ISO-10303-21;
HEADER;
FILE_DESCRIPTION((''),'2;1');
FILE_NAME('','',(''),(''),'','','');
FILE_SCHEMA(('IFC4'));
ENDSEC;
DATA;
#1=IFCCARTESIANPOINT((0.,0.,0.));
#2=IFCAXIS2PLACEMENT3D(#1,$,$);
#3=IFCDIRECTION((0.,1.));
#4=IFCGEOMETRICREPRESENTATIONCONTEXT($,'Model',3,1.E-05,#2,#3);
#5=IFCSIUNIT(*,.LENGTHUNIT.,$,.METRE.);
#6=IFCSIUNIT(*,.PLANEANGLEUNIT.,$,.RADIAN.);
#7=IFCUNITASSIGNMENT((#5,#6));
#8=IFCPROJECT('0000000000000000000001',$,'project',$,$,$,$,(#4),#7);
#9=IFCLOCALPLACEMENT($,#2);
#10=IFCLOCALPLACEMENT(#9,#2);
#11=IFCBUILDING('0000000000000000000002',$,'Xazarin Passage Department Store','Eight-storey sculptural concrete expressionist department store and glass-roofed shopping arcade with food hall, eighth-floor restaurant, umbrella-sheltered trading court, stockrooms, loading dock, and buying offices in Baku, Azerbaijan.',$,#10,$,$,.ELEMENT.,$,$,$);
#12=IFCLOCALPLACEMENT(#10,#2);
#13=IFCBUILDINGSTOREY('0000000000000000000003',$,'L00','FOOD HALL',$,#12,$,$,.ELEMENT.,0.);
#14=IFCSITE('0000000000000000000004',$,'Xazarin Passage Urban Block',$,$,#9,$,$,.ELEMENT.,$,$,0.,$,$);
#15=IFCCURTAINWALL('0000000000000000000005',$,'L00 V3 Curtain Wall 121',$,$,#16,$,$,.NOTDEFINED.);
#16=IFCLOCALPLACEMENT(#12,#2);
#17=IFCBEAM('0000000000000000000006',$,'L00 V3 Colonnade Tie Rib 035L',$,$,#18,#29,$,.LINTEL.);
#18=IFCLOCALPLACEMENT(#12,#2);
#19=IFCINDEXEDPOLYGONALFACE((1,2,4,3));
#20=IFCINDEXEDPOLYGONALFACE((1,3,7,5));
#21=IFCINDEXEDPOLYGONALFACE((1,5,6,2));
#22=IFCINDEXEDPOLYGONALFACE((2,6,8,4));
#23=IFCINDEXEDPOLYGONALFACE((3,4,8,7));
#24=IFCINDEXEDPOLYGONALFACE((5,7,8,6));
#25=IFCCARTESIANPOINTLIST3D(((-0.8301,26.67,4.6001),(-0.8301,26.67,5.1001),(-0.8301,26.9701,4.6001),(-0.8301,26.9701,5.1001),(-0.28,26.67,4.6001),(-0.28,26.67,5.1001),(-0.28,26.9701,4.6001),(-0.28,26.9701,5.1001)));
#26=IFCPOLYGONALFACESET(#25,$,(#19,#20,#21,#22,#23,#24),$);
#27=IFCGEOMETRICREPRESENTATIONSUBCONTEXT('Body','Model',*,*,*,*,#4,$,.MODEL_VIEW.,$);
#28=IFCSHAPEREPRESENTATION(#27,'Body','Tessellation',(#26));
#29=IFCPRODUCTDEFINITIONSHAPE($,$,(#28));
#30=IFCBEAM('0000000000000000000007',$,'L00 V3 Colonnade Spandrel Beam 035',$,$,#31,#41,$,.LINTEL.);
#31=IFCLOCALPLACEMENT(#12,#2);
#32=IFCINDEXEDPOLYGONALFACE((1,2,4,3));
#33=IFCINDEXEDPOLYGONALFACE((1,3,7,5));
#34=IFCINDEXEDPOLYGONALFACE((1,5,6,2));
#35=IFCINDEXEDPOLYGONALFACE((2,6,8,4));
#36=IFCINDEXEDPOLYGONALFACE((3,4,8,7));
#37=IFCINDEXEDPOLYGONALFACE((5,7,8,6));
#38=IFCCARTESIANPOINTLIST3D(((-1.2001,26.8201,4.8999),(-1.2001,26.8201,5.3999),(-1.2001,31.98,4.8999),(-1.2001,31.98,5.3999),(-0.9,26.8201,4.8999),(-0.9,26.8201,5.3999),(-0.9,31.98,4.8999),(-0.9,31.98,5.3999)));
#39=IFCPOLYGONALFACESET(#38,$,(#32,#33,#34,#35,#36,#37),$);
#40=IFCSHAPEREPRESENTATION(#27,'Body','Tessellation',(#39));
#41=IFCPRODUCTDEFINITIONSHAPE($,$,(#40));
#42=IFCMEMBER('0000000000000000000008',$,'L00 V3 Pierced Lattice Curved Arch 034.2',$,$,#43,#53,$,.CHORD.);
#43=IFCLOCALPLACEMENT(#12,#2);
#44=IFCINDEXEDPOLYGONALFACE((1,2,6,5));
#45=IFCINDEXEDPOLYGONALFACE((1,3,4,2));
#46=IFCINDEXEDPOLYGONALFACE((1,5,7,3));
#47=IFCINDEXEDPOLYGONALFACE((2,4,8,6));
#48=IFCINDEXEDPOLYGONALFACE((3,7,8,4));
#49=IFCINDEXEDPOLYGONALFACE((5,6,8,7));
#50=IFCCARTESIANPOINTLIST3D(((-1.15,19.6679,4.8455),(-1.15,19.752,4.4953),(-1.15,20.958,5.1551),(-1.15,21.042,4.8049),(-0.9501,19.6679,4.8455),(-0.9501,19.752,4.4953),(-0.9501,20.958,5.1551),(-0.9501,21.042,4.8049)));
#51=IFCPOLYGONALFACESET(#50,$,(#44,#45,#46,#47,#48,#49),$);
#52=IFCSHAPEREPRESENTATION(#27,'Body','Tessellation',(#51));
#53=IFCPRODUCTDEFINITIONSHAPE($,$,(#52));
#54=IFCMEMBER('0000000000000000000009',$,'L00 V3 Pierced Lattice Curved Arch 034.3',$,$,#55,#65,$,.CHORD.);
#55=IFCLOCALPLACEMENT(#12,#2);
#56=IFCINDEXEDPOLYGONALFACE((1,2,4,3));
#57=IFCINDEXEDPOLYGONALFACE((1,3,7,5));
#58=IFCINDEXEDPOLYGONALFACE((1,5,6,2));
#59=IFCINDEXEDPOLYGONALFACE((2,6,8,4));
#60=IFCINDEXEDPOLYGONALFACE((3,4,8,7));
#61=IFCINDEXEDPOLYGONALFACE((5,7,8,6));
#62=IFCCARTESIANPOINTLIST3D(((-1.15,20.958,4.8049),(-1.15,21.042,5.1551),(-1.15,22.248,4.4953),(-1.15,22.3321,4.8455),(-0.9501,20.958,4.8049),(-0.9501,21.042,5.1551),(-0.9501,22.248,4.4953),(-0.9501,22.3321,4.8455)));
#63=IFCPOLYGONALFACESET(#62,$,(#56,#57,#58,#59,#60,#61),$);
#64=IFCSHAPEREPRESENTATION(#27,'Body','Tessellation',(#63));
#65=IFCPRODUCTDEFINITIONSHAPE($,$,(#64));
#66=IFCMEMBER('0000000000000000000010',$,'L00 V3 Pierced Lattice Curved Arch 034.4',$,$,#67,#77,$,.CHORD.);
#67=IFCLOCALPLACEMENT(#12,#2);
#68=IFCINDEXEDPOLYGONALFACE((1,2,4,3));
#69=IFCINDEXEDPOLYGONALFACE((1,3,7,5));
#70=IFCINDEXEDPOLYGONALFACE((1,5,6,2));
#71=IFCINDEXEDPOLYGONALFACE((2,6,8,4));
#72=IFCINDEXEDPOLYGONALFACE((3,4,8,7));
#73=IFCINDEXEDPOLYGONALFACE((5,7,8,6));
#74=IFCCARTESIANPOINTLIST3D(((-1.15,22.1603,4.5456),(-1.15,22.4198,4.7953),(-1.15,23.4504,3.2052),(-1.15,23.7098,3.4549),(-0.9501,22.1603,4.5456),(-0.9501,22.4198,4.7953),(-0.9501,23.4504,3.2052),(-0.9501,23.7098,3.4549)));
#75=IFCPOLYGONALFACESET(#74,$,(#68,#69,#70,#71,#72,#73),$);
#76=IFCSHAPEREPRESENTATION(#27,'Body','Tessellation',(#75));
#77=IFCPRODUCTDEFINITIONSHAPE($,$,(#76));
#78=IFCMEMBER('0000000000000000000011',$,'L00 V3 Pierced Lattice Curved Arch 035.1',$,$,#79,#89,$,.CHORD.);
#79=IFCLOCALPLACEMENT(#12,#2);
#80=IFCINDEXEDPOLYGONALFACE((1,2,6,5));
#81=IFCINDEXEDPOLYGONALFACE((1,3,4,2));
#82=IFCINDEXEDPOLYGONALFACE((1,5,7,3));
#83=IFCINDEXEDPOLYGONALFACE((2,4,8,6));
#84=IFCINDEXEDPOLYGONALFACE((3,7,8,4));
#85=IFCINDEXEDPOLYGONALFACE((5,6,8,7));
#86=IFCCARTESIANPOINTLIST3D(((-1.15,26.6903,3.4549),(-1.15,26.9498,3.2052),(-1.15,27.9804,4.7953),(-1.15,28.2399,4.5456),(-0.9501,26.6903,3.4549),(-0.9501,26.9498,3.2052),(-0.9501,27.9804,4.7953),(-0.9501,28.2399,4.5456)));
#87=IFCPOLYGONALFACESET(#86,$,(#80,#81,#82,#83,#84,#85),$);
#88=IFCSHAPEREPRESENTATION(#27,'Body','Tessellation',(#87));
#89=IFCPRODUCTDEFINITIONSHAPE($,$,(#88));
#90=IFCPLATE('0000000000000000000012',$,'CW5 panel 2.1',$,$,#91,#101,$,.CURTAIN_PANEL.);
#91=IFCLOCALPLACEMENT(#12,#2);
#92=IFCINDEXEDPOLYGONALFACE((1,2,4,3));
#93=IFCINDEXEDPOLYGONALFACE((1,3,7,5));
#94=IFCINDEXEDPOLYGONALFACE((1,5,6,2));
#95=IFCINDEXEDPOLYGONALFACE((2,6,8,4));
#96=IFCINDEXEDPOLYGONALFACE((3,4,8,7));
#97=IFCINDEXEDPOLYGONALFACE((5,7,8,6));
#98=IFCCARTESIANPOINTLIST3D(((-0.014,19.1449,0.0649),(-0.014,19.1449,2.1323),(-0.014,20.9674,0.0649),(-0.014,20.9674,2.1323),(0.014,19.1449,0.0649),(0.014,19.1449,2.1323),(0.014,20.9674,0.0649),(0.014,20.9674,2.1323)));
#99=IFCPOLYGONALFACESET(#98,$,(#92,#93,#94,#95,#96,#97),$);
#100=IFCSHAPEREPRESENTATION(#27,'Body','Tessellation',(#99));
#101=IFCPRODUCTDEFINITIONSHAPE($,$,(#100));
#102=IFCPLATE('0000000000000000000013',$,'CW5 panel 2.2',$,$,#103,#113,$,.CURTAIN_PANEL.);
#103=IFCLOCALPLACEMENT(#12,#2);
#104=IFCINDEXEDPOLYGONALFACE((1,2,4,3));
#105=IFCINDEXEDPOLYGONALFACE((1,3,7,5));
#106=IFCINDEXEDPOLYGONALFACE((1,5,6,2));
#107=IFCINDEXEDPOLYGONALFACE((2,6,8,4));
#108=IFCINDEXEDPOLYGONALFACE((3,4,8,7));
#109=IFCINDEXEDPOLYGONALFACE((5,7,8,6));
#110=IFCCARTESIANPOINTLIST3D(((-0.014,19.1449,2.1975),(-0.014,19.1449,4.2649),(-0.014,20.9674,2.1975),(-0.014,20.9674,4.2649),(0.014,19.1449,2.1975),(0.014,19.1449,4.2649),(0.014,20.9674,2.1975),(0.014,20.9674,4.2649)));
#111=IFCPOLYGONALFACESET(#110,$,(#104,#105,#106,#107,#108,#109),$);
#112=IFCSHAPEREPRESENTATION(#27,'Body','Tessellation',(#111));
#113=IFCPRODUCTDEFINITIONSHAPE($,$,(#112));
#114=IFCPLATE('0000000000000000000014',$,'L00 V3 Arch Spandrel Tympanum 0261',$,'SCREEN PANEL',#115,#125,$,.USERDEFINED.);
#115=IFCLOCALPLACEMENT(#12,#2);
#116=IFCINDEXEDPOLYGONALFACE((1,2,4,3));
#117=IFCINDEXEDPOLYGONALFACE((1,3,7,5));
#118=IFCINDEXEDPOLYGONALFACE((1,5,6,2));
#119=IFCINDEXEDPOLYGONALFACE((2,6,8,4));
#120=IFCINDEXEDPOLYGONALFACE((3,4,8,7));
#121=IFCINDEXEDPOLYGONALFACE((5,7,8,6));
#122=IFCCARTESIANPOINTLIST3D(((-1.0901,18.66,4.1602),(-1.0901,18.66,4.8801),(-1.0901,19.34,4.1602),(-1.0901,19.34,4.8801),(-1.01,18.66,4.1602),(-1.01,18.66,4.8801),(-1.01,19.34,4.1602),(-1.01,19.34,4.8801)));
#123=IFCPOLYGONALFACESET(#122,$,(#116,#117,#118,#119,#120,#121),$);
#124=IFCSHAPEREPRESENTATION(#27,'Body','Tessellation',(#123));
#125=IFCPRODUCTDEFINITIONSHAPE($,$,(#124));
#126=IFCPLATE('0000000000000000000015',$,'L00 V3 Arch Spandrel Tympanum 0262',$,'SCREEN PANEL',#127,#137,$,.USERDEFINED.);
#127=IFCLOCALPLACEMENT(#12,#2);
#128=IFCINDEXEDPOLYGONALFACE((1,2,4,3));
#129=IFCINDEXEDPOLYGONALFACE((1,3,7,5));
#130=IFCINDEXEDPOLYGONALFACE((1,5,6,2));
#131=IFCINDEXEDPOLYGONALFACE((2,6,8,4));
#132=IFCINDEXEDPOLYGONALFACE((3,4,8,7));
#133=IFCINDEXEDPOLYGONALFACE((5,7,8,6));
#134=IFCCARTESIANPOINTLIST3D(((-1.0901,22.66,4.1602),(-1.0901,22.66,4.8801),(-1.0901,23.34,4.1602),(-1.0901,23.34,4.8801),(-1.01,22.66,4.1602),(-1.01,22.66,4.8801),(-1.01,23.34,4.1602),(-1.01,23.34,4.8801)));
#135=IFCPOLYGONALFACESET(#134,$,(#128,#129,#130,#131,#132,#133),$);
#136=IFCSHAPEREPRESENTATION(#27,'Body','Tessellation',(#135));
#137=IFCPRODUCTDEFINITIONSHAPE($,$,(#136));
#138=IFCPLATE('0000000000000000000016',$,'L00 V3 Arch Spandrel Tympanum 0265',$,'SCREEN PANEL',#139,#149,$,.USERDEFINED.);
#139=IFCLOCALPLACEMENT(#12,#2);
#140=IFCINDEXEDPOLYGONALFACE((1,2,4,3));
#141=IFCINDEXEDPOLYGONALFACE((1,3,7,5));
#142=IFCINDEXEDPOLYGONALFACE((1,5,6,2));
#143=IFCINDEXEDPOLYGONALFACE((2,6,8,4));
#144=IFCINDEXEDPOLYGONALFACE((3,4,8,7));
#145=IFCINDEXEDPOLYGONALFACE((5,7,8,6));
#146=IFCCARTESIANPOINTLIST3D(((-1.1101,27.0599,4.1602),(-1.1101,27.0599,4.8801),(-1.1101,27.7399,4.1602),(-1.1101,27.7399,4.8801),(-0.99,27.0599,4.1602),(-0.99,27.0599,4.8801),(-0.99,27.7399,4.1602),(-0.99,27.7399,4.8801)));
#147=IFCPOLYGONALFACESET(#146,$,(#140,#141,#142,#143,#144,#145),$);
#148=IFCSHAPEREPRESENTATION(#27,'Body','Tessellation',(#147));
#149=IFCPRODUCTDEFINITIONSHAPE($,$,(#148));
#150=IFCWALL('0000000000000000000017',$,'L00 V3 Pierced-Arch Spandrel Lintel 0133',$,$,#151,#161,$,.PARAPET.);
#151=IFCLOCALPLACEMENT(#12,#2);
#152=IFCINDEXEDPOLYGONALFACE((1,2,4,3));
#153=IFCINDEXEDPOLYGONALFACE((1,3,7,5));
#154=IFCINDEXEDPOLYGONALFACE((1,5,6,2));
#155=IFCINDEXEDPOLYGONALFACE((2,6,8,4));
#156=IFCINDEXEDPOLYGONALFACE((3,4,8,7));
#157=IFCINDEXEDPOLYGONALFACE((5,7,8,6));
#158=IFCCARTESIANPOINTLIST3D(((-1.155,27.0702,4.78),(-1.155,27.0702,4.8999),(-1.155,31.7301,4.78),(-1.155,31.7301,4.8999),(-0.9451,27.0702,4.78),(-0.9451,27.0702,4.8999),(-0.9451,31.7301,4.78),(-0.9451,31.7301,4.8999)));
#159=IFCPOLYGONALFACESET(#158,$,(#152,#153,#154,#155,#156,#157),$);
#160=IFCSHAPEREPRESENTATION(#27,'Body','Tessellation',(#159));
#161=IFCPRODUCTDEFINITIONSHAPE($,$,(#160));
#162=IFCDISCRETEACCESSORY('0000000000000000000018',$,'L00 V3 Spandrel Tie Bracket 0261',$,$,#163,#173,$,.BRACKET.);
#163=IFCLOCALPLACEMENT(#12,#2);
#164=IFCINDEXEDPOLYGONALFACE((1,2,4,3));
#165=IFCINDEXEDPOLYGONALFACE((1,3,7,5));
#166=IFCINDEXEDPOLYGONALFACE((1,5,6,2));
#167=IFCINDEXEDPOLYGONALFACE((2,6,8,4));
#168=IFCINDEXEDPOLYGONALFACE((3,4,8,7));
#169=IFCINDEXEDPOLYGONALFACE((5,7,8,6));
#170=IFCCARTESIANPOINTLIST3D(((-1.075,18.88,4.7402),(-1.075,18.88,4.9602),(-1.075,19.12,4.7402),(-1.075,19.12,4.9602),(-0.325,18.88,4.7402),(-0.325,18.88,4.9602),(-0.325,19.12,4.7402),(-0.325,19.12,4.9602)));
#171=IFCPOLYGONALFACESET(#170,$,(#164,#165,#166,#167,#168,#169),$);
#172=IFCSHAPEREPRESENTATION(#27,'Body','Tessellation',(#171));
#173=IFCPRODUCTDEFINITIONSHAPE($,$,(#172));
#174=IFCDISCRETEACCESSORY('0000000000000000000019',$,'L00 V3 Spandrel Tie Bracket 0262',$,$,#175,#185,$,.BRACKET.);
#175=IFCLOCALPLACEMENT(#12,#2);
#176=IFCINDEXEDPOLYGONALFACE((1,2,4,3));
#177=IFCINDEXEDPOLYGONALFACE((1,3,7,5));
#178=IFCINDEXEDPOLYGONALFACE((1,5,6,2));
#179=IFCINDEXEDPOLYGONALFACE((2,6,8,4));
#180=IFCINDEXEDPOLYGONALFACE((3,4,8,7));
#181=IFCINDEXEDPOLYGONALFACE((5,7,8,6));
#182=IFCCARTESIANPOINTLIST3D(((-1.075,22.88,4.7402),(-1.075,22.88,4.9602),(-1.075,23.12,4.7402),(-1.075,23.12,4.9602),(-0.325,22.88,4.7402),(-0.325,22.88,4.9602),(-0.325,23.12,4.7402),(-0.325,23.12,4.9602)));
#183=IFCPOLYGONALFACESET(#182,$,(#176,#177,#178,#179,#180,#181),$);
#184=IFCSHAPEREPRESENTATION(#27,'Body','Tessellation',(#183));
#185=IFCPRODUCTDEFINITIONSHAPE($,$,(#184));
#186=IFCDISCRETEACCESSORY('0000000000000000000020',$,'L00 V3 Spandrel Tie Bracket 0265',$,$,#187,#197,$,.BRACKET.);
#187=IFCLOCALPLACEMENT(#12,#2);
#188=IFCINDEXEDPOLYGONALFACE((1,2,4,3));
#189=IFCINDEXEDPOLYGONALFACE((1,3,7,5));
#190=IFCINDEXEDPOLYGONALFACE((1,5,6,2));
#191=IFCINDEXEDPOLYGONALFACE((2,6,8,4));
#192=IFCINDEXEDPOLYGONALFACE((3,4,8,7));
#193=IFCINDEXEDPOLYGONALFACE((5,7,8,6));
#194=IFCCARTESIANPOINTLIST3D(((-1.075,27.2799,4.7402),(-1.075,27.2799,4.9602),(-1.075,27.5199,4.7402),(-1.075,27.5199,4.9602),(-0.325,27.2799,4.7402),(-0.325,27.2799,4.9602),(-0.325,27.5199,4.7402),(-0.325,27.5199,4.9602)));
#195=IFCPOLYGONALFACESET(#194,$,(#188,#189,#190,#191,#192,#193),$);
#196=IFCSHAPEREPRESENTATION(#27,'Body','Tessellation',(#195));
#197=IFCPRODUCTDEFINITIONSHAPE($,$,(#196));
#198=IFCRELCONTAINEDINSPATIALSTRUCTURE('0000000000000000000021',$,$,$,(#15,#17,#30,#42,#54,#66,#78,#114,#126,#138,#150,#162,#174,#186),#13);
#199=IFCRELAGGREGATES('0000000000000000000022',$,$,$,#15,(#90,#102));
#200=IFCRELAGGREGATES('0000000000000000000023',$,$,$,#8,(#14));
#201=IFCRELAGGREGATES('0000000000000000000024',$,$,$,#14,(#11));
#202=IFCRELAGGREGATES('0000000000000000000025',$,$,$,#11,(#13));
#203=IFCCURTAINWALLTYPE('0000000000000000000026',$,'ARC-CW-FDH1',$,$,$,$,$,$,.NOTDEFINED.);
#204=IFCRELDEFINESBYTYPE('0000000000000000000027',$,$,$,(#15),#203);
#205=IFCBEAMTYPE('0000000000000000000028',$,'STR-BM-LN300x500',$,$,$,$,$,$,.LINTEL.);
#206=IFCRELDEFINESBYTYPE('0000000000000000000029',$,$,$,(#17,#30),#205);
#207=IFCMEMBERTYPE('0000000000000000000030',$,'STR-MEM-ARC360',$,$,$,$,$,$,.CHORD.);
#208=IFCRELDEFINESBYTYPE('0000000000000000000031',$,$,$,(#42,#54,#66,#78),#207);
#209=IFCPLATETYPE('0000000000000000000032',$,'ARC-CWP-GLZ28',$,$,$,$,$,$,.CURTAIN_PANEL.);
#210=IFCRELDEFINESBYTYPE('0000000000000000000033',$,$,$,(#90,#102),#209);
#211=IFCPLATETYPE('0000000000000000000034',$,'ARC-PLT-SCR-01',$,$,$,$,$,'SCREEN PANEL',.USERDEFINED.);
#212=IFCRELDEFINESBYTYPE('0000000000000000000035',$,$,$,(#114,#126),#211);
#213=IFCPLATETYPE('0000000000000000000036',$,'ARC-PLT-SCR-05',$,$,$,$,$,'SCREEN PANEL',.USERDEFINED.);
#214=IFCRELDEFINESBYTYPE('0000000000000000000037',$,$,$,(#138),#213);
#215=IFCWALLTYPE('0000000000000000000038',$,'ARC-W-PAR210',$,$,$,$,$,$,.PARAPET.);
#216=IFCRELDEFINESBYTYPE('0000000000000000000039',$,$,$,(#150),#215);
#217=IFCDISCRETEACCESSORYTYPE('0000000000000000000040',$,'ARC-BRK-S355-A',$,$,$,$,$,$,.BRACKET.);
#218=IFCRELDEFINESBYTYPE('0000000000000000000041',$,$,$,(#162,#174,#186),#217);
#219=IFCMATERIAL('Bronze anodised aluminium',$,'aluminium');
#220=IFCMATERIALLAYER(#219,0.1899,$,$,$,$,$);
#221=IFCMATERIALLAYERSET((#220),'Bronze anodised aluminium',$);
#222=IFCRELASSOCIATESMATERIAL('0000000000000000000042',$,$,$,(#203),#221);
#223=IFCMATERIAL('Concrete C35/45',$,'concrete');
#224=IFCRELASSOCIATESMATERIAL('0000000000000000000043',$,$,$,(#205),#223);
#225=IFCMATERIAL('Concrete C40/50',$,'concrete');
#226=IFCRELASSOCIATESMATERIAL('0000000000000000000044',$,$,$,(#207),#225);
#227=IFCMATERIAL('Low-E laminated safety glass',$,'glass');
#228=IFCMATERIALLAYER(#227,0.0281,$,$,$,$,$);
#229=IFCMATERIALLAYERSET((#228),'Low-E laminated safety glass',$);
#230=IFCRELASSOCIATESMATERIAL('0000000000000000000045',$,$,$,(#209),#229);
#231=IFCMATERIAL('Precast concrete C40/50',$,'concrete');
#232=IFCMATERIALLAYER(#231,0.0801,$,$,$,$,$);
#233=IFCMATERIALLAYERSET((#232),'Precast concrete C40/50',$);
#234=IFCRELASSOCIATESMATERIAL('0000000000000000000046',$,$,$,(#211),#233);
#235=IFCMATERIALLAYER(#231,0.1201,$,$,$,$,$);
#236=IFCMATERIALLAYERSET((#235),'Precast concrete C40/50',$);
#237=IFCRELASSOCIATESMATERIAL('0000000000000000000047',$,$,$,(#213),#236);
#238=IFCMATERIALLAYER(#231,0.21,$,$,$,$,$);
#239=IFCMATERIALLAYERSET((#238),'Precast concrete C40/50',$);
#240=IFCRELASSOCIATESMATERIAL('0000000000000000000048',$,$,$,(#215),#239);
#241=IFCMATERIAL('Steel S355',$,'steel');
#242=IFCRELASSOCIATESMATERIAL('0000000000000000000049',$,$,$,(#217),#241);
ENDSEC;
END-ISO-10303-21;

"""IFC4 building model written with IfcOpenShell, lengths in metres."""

from ifc_helpers import new_model, si_unit, direction, frame, frame_2d, origin, origin_2d, place, context, subcontext, project, spatial, rectangle, extrude, material, layer, layer_set, material_profile, profile_set, type_object, element, aggregate, save


model = new_model("IFC4")

# Units and contexts
model_context = context("Model", 3, precision=1e-05, world=origin(), true_north=direction((0.0, 1.0)))
body_context = subcontext(model_context, "Body", "Model", "MODEL_VIEW")
ifc_project = project(units=[si_unit("LENGTHUNIT", "METRE"), si_unit("PLANEANGLEUNIT", "RADIAN")], contexts=[model_context])

# Site, building, storey
site_placement = place(None, origin())
site = spatial("IfcSite", under=ifc_project, at=site_placement, Name="Xazarin Passage Urban Block", CompositionType="ELEMENT", RefElevation=0.0)
building_placement = place(site_placement, origin())
building = spatial("IfcBuilding", under=site, at=building_placement, Name="Xazarin Passage Department Store", Description="Eight-storey sculptural concrete expressionist department store and glass-roofed shopping arcade with food hall, eighth-floor restaurant, umbrella-sheltered trading court, stockrooms, loading dock, and buying offices in Baku, Azerbaijan.", CompositionType="ELEMENT")
storey_placement = place(building_placement, origin())
storey = spatial("IfcBuildingStorey", under=building, at=storey_placement, Name="L00", Description="FOOD HALL", CompositionType="ELEMENT", Elevation=0.0)

# Shared definitions
ifc_material_1 = material(Name="Concrete C35/45", Category="concrete")

# Shared definitions
ifc_material_2 = material(Name="Concrete C40/50", Category="concrete")

# Curtain wall
ifc_material_3 = material(Name="Bronze anodised aluminium", Category="aluminium")
ifc_layer_1 = layer(ifc_material_3, 0.1899)
ifc_layer_set_1 = layer_set([ifc_layer_1], Name="Bronze anodised aluminium")
curtain_wall_type = type_object("IfcCurtainWallType", Name="ARC-CW-FDH1", PredefinedType="NOTDEFINED", material=ifc_layer_set_1)
curtain_wall_placement = place(storey_placement, origin())
curtain_wall = element("IfcCurtainWall", 1, at=curtain_wall_placement, inside=storey, type_object=curtain_wall_type, Name="L00 V3 Curtain Wall 121", PredefinedType="NOTDEFINED")

# Beams
ifc_material_profile_1 = material_profile(ifc_material_1, rectangle(XDim=0.3, YDim=0.5, at=origin_2d()), Name="RC 300x500")
ifc_profile_set_1 = profile_set([ifc_material_profile_1], Name="Concrete C35/45")
beam_type = type_object("IfcBeamType", Name="STR-BM-LN300x500", PredefinedType="LINTEL", material=ifc_profile_set_1)
for number, where, z_axis, x_axis, name in (
    (2, (-0.28, 26.8201, 4.8501), (-1.0, 0.0, 0.0), (0.0, -1.0, 0.0), "L00 V3 Colonnade Tie Rib 035L"),
):
    element("IfcBeam", number, at=place(storey_placement, frame(where, z_axis=z_axis, x_axis=x_axis)), inside=storey, type_object=beam_type, Name=name, PredefinedType="LINTEL", context=body_context, shape_type="SweptSolid", body=[
        extrude(rectangle(XDim=0.3, YDim=0.5, at=origin_2d()), origin(), (0.0, 0.0, 1.0), 0.55),
    ])
beam_placement = place(storey_placement, frame((-1.05, 26.8201, 5.1499), z_axis=(0.0, 1.0, 0.0), x_axis=(-1.0, 0.0, 0.0)))
element("IfcBeam", 3, at=beam_placement, inside=storey, type_object=beam_type, Name="L00 V3 Colonnade Spandrel Beam 035", PredefinedType="LINTEL", context=body_context, shape_type="SweptSolid", body=[
    extrude(rectangle(XDim=0.3, YDim=0.5, at=origin_2d()), origin(), (0.0, 0.0, 1.0), 5.1599),
])

# Members
ifc_material_profile_2 = material_profile(ifc_material_2, rectangle(XDim=0.2, YDim=0.3601, at=origin_2d()), Name="RC 200x360")
ifc_profile_set_2 = profile_set([ifc_material_profile_2], Name="Concrete C40/50")
member_type_1 = type_object("IfcMemberType", Name="STR-MEM-ARC360", PredefinedType="CHORD", material=ifc_profile_set_2)
for number, where, z_axis, x_axis, name in (
    (4, (-1.05, 19.71, 4.6704), (0.0, 0.972394, 0.233345), (-1.0, 0.0, 0.0), "L00 V3 Pierced Lattice Curved Arch 034.2"),
    (5, (-1.05, 21.0, 4.98), (0.0, 0.972394, -0.233345), (-1.0, 0.0, 0.0), "L00 V3 Pierced Lattice Curved Arch 034.3"),
):
    element("IfcMember", number, at=place(storey_placement, frame(where, z_axis=z_axis, x_axis=x_axis)), inside=storey, type_object=member_type_1, Name=name, PredefinedType="CHORD", context=body_context, shape_type="SweptSolid", body=[
        extrude(rectangle(XDim=0.2, YDim=0.3601, at=origin_2d()), origin(), (0.0, 0.0, 1.0), 1.3267),
    ])
for number, where, z_axis, x_axis, name in (
    (6, (-1.05, 22.29, 4.6704), (0.0, 0.69346, -0.720495), (-1.0, 0.0, 0.0), "L00 V3 Pierced Lattice Curved Arch 034.4"),
    (7, (-1.05, 26.8201, 3.3301), (0.0, 0.69346, 0.720495), (-1.0, 0.0, 0.0), "L00 V3 Pierced Lattice Curved Arch 035.1"),
):
    element("IfcMember", number, at=place(storey_placement, frame(where, z_axis=z_axis, x_axis=x_axis)), inside=storey, type_object=member_type_1, Name=name, PredefinedType="CHORD", context=body_context, shape_type="SweptSolid", body=[
        extrude(rectangle(XDim=0.2, YDim=0.3601, at=origin_2d()), origin(), (0.0, 0.0, 1.0), 1.8604),
    ])

# Plates
ifc_material_4 = material(Name="Low-E laminated safety glass", Category="glass")
ifc_layer_2 = layer(ifc_material_4, 0.0281)
ifc_layer_set_2 = layer_set([ifc_layer_2], Name="Low-E laminated safety glass")
plate_type_1 = type_object("IfcPlateType", Name="ARC-CWP-GLZ28", PredefinedType="CURTAIN_PANEL", material=ifc_layer_set_2)
plate_1_placement = place(storey_placement, frame((0.0, 20.0562, 0.0649), z_axis=(0.0, 0.0, 1.0), x_axis=(0.0, 1.0, 0.0)))
plate_1 = element("IfcPlate", 8, at=plate_1_placement, type_object=plate_type_1, Name="CW5 panel 2.1", PredefinedType="CURTAIN_PANEL", context=body_context, shape_type="SweptSolid", body=[
    extrude(rectangle(XDim=1.8225, YDim=0.0281, at=origin_2d()), origin(), (0.0, 0.0, 1.0), 2.0674),
])
plate_2_placement = place(storey_placement, frame((0.0, 20.0562, 2.1975), z_axis=(0.0, 0.0, 1.0), x_axis=(0.0, 1.0, 0.0)))
plate_2 = element("IfcPlate", 9, at=plate_2_placement, type_object=plate_type_1, Name="CW5 panel 2.2", PredefinedType="CURTAIN_PANEL", context=body_context, shape_type="SweptSolid", body=[
    extrude(rectangle(XDim=1.8225, YDim=0.0281, at=origin_2d()), origin(), (0.0, 0.0, 1.0), 2.0674),
])
aggregate(curtain_wall, [plate_1, plate_2])

# Plates
ifc_material_5 = material(Name="Precast concrete C40/50", Category="concrete")
ifc_layer_3 = layer(ifc_material_5, 0.0801)
ifc_layer_set_3 = layer_set([ifc_layer_3], Name="Precast concrete C40/50")
plate_type_2 = type_object("IfcPlateType", Name="ARC-PLT-SCR-01", ElementType="SCREEN PANEL", PredefinedType="USERDEFINED", material=ifc_layer_set_3)
for number, where, z_axis, x_axis, name in (
    (10, (-1.05, 19.0, 4.1602), (0.0, 0.0, 1.0), (0.0, 1.0, 0.0), "L00 V3 Arch Spandrel Tympanum 0261"),
    (11, (-1.05, 23.0, 4.1602), (0.0, 0.0, 1.0), (0.0, 1.0, 0.0), "L00 V3 Arch Spandrel Tympanum 0262"),
):
    element("IfcPlate", number, at=place(storey_placement, frame(where, z_axis=z_axis, x_axis=x_axis)), inside=storey, type_object=plate_type_2, Name=name, ObjectType="SCREEN PANEL", PredefinedType="USERDEFINED", context=body_context, shape_type="SweptSolid", body=[
        extrude(rectangle(XDim=0.6799, YDim=0.0801, at=origin_2d()), origin(), (0.0, 0.0, 1.0), 0.72),
    ])
ifc_layer_4 = layer(ifc_material_5, 0.1201)
ifc_layer_set_4 = layer_set([ifc_layer_4], Name="Precast concrete C40/50")
plate_type_3 = type_object("IfcPlateType", Name="ARC-PLT-SCR-05", ElementType="SCREEN PANEL", PredefinedType="USERDEFINED", material=ifc_layer_set_4)
plate_3_placement = place(storey_placement, frame((-1.05, 27.3999, 4.1602), z_axis=(0.0, 0.0, 1.0), x_axis=(0.0, 1.0, 0.0)))
element("IfcPlate", 12, at=plate_3_placement, inside=storey, type_object=plate_type_3, Name="L00 V3 Arch Spandrel Tympanum 0265", ObjectType="SCREEN PANEL", PredefinedType="USERDEFINED", context=body_context, shape_type="SweptSolid", body=[
    extrude(rectangle(XDim=0.6799, YDim=0.1201, at=origin_2d()), origin(), (0.0, 0.0, 1.0), 0.72),
])

# Wall
ifc_layer_5 = layer(ifc_material_5, 0.21)
ifc_layer_set_5 = layer_set([ifc_layer_5], Name="Precast concrete C40/50")
wall_type = type_object("IfcWallType", Name="ARC-W-PAR210", PredefinedType="PARAPET", material=ifc_layer_set_5)
wall_placement = place(storey_placement, frame((-1.05, 27.0701, 4.78), z_axis=(0.0, 0.0, 1.0), x_axis=(0.0, 1.0, 0.0)))
element("IfcWall", 13, at=wall_placement, inside=storey, type_object=wall_type, Name="L00 V3 Pierced-Arch Spandrel Lintel 0133", PredefinedType="PARAPET", context=body_context, shape_type="SweptSolid", body=[
    extrude(rectangle(XDim=4.6599, YDim=0.21, at=frame_2d((2.3301, 0.0))), origin(), (0.0, 0.0, 1.0), 0.1199),
])

# Discrete accessories
ifc_material_6 = material(Name="Steel S355", Category="steel")
discrete_accessory_type = type_object("IfcDiscreteAccessoryType", Name="ARC-BRK-S355-A", PredefinedType="BRACKET", material=ifc_material_6)
for number, where, z_axis, x_axis, name in (
    (14, (-0.7, 19.0, 4.7402), (0.0, 0.0, 1.0), (0.0, 1.0, 0.0), "L00 V3 Spandrel Tie Bracket 0261"),
    (15, (-0.7, 23.0, 4.7402), (0.0, 0.0, 1.0), (0.0, 1.0, 0.0), "L00 V3 Spandrel Tie Bracket 0262"),
    (16, (-0.7, 27.3999, 4.7402), (0.0, 0.0, 1.0), (0.0, 1.0, 0.0), "L00 V3 Spandrel Tie Bracket 0265"),
):
    element("IfcDiscreteAccessory", number, at=place(storey_placement, frame(where, z_axis=z_axis, x_axis=x_axis)), inside=storey, type_object=discrete_accessory_type, Name=name, PredefinedType="BRACKET", context=body_context, shape_type="SweptSolid", body=[
        extrude(rectangle(XDim=0.24, YDim=0.75, at=origin_2d()), origin(), (0.0, 0.0, 1.0), 0.22),
    ])

save(model, "model.ifc")
